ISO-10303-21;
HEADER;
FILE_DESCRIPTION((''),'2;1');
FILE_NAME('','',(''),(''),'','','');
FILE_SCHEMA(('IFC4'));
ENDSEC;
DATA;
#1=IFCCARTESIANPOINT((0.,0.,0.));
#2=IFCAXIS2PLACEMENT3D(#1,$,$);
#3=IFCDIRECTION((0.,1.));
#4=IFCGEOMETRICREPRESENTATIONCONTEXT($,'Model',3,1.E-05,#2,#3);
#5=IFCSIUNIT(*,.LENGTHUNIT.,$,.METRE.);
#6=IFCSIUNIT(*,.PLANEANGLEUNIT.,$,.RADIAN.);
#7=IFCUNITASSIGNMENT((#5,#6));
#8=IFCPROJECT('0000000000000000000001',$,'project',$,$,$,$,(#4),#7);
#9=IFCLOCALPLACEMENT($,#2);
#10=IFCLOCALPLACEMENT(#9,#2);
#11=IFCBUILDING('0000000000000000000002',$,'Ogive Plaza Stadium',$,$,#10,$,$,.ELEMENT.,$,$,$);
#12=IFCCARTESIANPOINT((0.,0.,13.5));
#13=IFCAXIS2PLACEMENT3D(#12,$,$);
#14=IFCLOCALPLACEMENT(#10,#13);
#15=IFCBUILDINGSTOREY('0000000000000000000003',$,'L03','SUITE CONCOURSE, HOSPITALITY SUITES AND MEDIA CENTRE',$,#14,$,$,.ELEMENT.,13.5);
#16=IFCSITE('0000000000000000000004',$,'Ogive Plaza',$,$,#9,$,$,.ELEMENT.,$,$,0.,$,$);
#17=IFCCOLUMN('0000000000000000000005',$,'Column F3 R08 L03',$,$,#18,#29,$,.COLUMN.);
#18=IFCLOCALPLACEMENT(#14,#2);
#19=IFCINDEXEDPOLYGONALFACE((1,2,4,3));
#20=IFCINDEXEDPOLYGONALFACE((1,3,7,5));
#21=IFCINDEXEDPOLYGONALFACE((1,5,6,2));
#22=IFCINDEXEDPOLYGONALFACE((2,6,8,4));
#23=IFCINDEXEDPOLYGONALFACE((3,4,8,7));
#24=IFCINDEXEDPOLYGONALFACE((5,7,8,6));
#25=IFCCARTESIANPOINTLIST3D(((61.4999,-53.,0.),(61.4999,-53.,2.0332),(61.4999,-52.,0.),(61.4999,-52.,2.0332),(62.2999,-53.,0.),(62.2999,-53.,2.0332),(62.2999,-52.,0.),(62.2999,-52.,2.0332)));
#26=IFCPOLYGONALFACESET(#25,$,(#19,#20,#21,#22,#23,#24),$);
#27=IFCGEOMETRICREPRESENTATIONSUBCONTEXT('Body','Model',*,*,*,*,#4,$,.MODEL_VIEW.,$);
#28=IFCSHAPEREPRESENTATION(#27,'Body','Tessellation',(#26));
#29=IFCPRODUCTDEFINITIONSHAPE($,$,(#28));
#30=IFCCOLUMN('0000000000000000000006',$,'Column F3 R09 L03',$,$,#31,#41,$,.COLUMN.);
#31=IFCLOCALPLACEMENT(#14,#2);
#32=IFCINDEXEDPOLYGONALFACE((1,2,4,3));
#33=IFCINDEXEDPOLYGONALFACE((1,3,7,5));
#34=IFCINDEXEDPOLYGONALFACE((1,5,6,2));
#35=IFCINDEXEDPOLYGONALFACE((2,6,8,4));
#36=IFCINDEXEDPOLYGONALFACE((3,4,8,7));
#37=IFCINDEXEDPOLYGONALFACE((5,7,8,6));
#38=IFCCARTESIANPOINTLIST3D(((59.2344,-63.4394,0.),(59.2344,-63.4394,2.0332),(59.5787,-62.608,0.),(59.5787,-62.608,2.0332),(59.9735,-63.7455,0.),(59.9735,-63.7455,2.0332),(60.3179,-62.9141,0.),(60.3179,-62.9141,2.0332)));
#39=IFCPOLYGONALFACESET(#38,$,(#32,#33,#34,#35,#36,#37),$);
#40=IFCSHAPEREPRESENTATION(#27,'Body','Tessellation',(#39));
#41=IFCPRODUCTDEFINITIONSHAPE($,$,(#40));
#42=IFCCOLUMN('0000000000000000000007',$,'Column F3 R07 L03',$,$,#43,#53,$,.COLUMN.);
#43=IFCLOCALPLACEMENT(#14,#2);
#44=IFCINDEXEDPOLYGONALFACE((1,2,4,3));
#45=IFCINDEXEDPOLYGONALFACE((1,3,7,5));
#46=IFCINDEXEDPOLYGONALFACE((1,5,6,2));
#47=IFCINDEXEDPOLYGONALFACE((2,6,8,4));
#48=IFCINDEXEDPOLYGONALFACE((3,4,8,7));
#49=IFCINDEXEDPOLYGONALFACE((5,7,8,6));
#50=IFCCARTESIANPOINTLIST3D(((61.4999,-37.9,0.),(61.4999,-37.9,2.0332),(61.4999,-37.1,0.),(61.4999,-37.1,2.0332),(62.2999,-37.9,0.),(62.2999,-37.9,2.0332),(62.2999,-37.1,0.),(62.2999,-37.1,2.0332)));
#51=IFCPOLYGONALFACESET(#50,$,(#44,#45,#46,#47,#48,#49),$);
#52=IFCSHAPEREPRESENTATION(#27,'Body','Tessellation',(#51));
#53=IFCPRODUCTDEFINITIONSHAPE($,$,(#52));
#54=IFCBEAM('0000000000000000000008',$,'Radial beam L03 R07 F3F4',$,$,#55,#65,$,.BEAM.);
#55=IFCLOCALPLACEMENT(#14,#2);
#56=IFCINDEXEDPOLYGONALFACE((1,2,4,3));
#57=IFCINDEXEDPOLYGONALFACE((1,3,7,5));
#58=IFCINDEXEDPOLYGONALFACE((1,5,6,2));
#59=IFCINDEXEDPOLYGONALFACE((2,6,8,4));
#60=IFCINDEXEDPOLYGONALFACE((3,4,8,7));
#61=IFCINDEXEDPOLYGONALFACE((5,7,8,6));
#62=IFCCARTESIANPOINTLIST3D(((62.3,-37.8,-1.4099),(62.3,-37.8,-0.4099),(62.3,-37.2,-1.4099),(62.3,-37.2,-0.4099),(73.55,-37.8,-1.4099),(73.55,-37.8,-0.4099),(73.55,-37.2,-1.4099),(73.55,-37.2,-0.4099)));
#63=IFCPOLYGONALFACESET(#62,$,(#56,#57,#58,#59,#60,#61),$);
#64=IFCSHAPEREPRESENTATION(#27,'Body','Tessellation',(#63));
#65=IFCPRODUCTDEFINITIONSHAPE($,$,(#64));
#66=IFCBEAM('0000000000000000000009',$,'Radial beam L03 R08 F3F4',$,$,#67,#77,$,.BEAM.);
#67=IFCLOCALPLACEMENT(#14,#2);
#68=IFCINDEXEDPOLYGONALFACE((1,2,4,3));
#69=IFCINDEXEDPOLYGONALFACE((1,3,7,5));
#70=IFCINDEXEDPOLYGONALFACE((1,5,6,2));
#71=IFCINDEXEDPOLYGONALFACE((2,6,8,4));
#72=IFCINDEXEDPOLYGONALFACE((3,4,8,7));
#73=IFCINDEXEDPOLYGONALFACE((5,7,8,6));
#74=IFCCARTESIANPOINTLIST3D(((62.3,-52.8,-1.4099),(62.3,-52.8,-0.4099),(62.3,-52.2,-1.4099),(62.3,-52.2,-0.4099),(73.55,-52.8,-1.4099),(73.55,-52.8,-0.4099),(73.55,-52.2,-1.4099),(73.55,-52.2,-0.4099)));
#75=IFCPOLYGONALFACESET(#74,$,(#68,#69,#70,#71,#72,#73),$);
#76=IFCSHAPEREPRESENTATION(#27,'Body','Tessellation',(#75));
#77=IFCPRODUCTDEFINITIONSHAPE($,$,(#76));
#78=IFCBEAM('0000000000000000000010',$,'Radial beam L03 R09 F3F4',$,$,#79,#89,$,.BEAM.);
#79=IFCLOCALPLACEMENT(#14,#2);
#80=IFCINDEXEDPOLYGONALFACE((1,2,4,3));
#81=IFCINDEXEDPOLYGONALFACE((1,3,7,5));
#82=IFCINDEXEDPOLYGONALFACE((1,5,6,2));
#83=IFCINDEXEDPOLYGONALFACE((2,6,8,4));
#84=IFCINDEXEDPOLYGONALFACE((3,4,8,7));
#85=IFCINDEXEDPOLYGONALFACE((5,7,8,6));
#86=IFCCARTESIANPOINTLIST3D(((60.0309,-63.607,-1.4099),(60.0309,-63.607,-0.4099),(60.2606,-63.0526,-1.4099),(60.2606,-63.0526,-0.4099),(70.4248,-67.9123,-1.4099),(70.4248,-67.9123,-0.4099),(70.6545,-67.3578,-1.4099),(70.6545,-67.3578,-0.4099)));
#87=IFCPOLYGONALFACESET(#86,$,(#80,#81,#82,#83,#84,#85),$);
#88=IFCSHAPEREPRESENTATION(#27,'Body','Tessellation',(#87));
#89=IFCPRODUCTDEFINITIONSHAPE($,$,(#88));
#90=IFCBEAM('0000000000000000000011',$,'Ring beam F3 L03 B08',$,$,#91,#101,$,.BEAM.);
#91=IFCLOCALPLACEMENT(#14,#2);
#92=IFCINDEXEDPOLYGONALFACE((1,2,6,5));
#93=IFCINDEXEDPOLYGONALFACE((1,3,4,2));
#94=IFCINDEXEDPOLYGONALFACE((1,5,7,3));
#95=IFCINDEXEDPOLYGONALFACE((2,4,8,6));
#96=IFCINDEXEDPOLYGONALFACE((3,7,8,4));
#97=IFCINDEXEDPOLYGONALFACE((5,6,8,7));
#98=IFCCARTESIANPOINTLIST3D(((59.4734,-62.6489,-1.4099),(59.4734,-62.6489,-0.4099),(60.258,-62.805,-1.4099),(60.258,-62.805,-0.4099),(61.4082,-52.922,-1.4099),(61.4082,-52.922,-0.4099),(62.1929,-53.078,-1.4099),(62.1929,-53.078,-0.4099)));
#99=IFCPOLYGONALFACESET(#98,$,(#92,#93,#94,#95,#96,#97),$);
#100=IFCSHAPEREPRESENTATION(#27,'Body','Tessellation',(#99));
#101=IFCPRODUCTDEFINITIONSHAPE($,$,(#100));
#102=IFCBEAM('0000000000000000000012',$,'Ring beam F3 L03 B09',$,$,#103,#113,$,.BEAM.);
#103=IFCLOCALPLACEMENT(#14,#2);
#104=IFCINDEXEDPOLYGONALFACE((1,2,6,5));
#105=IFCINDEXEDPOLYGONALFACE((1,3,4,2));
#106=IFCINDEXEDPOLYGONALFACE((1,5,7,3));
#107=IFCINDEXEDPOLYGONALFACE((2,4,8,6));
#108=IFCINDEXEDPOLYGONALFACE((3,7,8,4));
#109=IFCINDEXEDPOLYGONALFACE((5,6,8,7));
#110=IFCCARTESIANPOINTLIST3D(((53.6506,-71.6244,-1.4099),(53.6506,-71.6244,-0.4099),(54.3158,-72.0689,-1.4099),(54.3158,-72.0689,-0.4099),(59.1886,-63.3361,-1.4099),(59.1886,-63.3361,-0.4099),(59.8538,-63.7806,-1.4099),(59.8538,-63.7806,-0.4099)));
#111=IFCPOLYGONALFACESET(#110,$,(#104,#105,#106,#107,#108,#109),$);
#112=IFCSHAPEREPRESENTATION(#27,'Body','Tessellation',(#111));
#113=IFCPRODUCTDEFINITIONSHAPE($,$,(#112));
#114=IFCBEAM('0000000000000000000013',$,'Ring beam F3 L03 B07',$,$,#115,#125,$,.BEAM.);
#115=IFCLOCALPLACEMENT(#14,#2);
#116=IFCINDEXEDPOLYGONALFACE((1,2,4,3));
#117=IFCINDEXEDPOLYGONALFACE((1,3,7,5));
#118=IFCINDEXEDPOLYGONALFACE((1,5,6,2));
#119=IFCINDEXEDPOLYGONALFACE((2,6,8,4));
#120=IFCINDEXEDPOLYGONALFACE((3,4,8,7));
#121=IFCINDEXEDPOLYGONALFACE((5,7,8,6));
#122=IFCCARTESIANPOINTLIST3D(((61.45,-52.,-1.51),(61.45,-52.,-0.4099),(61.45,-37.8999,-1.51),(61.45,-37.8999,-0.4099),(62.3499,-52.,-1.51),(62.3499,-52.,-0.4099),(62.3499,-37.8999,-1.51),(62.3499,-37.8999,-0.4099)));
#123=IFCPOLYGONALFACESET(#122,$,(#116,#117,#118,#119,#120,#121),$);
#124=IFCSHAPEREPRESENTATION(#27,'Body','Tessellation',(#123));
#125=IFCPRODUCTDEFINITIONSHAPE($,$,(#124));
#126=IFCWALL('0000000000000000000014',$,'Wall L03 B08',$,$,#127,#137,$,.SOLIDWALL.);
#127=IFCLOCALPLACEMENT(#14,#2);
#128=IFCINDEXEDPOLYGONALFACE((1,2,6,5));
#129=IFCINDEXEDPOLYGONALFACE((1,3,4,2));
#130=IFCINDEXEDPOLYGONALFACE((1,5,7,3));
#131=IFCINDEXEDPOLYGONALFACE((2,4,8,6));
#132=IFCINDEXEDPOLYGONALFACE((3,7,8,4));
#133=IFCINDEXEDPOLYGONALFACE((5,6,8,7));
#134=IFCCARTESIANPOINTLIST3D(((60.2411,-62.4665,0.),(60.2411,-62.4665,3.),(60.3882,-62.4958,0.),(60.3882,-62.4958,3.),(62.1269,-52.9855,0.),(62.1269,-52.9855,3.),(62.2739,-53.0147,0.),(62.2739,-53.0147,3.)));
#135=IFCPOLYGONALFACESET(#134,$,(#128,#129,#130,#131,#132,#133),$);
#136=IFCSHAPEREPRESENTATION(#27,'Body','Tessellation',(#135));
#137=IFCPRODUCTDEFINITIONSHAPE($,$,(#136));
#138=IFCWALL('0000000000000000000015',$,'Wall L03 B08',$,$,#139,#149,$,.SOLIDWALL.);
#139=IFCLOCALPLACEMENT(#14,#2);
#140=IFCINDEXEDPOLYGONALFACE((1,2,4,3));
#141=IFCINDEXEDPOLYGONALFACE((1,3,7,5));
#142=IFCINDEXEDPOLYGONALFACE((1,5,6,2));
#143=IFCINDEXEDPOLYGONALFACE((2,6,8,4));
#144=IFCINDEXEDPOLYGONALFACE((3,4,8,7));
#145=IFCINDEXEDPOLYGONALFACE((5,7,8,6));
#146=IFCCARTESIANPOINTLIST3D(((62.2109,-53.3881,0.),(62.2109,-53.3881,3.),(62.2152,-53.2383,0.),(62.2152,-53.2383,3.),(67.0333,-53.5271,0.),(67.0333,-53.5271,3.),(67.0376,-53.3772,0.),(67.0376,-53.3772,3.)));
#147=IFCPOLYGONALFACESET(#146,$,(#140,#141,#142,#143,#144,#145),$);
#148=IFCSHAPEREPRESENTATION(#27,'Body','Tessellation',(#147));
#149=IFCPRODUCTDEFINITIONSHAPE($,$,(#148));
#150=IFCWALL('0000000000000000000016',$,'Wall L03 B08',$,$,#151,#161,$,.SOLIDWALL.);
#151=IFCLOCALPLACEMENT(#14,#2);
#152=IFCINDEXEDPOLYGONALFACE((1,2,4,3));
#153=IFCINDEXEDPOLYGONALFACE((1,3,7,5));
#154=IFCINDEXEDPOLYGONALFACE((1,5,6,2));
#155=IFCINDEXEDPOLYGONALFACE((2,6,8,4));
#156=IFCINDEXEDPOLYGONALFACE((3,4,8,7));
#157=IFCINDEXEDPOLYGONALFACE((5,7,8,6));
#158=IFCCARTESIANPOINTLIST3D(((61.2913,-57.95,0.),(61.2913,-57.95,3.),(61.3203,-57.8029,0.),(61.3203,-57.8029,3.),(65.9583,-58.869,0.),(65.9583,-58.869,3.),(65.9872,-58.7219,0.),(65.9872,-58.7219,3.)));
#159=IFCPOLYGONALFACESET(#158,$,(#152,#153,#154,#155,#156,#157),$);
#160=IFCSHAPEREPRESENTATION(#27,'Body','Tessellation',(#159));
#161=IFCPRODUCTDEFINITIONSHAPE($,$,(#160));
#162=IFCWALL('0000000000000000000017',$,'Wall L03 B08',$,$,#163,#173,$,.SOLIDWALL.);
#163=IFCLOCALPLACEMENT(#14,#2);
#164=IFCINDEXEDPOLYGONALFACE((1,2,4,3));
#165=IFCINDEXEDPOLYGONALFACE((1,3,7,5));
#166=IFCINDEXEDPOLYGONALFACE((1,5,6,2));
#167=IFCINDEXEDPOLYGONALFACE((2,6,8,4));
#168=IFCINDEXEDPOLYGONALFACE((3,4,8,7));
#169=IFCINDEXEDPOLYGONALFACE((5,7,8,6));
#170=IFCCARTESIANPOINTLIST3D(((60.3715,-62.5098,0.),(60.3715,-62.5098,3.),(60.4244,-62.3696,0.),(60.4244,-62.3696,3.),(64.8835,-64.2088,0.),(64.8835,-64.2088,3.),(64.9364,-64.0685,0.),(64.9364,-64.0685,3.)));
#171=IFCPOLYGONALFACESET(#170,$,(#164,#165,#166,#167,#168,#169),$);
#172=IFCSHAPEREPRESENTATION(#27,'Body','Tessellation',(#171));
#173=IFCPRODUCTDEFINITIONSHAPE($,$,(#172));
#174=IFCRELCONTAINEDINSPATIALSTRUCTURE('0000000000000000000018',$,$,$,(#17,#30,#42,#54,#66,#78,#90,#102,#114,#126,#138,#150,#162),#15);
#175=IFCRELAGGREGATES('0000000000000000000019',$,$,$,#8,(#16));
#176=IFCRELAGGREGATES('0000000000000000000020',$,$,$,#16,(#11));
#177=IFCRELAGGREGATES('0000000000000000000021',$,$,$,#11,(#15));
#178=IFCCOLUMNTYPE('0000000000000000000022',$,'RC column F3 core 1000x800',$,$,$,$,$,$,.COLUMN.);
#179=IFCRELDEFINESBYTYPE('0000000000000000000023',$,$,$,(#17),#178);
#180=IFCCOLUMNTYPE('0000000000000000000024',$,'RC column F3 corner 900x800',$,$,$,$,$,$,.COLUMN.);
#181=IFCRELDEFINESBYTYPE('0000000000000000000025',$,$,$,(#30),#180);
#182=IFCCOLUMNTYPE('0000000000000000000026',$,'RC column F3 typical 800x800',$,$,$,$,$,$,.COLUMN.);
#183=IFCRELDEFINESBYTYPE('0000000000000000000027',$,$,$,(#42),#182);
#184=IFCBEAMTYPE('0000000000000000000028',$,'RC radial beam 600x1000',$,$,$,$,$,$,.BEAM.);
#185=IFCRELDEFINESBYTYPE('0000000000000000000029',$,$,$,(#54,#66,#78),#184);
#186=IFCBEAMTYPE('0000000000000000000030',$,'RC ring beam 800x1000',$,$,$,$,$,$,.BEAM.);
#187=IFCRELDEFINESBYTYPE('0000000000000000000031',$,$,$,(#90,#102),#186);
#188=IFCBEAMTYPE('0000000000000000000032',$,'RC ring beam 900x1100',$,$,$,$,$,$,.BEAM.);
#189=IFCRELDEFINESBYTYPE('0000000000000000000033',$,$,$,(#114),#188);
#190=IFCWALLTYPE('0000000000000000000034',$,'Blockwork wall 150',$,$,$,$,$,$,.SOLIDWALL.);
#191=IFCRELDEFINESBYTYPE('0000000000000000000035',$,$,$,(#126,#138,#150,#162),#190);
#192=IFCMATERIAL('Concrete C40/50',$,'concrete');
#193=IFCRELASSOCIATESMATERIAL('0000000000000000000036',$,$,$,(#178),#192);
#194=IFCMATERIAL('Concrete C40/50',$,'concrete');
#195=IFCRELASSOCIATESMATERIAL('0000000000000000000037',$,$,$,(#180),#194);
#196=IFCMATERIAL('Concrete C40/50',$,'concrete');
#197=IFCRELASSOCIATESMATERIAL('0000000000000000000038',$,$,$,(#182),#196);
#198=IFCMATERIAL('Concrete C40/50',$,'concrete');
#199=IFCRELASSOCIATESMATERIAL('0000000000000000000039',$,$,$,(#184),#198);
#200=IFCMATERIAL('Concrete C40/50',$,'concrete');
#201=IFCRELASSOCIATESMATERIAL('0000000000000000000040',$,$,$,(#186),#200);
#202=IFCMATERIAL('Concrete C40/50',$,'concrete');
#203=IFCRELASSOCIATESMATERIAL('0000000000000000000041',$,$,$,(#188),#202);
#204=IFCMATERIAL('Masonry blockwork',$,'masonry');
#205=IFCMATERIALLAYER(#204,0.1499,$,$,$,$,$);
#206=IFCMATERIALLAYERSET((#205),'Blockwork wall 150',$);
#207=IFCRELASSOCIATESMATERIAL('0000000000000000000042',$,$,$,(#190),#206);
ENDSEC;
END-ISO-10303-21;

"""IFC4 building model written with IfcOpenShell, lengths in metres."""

from ifc_helpers import new_model, si_unit, direction, frame, frame_2d, origin, origin_2d, place, context, subcontext, project, spatial, rectangle, extrude, material, layer, layer_set, material_profile, profile_set, type_object, element, save


model = new_model("IFC4")

# Units and contexts
model_context = context("Model", 3, precision=1e-05, world=origin(), true_north=direction((0.0, 1.0)))
body_context = subcontext(model_context, "Body", "Model", "MODEL_VIEW")
ifc_project = project(units=[si_unit("LENGTHUNIT", "METRE"), si_unit("PLANEANGLEUNIT", "RADIAN")], contexts=[model_context])

# Site, building, storey
site_placement = place(None, origin())
site = spatial("IfcSite", under=ifc_project, at=site_placement, Name="Ogive Plaza", CompositionType="ELEMENT", RefElevation=0.0)
building_placement = place(site_placement, origin())
building = spatial("IfcBuilding", under=site, at=building_placement, Name="Ogive Plaza Stadium", CompositionType="ELEMENT")
storey_placement = place(building_placement, frame((0.0, 0.0, 13.5)))
storey = spatial("IfcBuildingStorey", under=building, at=storey_placement, Name="L03", Description="SUITE CONCOURSE, HOSPITALITY SUITES AND MEDIA CENTRE", CompositionType="ELEMENT", Elevation=13.5)

# Columns
ifc_material_1 = material(Name="Concrete C40/50", Category="concrete")
ifc_material_profile_1 = material_profile(ifc_material_1, rectangle(XDim=1.0, YDim=0.8, at=origin_2d()), Name="RC 1000x800")
ifc_profile_set_1 = profile_set([ifc_material_profile_1], Name="Concrete C40/50")
column_type_1 = type_object("IfcColumnType", Name="RC column F3 core 1000x800", PredefinedType="COLUMN", material=ifc_profile_set_1)
column_1_placement = place(storey_placement, frame((61.8999, -52.5, 0.0), z_axis=(0.0, 0.0, 1.0), x_axis=(0.0, 1.0, 0.0)))
element("IfcColumn", 1, at=column_1_placement, inside=storey, type_object=column_type_1, Name="Column F3 R08 L03", PredefinedType="COLUMN", context=body_context, shape_type="SweptSolid", body=[
    extrude(rectangle(XDim=1.0, YDim=0.8, at=origin_2d()), origin(), (0.0, 0.0, 1.0), 2.0332),
])
ifc_material_2 = material(Name="Concrete C40/50", Category="concrete")
ifc_material_profile_2 = material_profile(ifc_material_2, rectangle(XDim=0.8999, YDim=0.8, at=origin_2d()), Name="RC 900x800")
ifc_profile_set_2 = profile_set([ifc_material_profile_2], Name="Concrete C40/50")
column_type_2 = type_object("IfcColumnType", Name="RC column F3 corner 900x800", PredefinedType="COLUMN", material=ifc_profile_set_2)
column_2_placement = place(storey_placement, frame((59.7761, -63.1768, 0.0), z_axis=(0.0, 0.0, 1.0), x_axis=(0.382683, 0.92388, 0.0)))
element("IfcColumn", 2, at=column_2_placement, inside=storey, type_object=column_type_2, Name="Column F3 R09 L03", PredefinedType="COLUMN", context=body_context, shape_type="SweptSolid", body=[
    extrude(rectangle(XDim=0.8999, YDim=0.8, at=origin_2d()), origin(), (0.0, 0.0, 1.0), 2.0332),
])
ifc_material_3 = material(Name="Concrete C40/50", Category="concrete")
ifc_material_profile_3 = material_profile(ifc_material_3, rectangle(XDim=0.8, YDim=0.8, at=origin_2d()), Name="RC 800x800")
ifc_profile_set_3 = profile_set([ifc_material_profile_3], Name="Concrete C40/50")
column_type_3 = type_object("IfcColumnType", Name="RC column F3 typical 800x800", PredefinedType="COLUMN", material=ifc_profile_set_3)
column_3_placement = place(storey_placement, frame((61.8999, -37.5, 0.0), z_axis=(0.0, 0.0, 1.0), x_axis=(0.0, 1.0, 0.0)))
element("IfcColumn", 3, at=column_3_placement, inside=storey, type_object=column_type_3, Name="Column F3 R07 L03", PredefinedType="COLUMN", context=body_context, shape_type="SweptSolid", body=[
    extrude(rectangle(XDim=0.8, YDim=0.8, at=origin_2d()), origin(), (0.0, 0.0, 1.0), 2.0332),
])

# Beams
ifc_material_4 = material(Name="Concrete C40/50", Category="concrete")
ifc_material_profile_4 = material_profile(ifc_material_4, rectangle(XDim=0.6001, YDim=1.0, at=origin_2d()), Name="RC 600x1000")
ifc_profile_set_4 = profile_set([ifc_material_profile_4], Name="Concrete C40/50")
beam_type_1 = type_object("IfcBeamType", Name="RC radial beam 600x1000", PredefinedType="BEAM", material=ifc_profile_set_4)
for number, where, z_axis, x_axis, name in (
    (4, (62.3, -37.5, -0.9099), (1.0, 0.0, 0.0), (0.0, 1.0, 0.0), "Radial beam L03 R07 F3F4"),
    (5, (62.3, -52.5, -0.9099), (1.0, 0.0, 0.0), (0.0, 1.0, 0.0), "Radial beam L03 R08 F3F4"),
):
    element("IfcBeam", number, at=place(storey_placement, frame(where, z_axis=z_axis, x_axis=x_axis)), inside=storey, type_object=beam_type_1, Name=name, PredefinedType="BEAM", context=body_context, shape_type="SweptSolid", body=[
        extrude(rectangle(XDim=0.6001, YDim=1.0, at=origin_2d()), origin(), (0.0, 0.0, 1.0), 11.25),
    ])
beam_1_placement = place(storey_placement, frame((60.1458, -63.3298, -0.9099), z_axis=(0.923882, -0.382678, 0.0), x_axis=(0.382678, 0.923882, 0.0)))
element("IfcBeam", 6, at=beam_1_placement, inside=storey, type_object=beam_type_1, Name="Radial beam L03 R09 F3F4", PredefinedType="BEAM", context=body_context, shape_type="SweptSolid", body=[
    extrude(rectangle(XDim=0.6001, YDim=1.0, at=origin_2d()), origin(), (0.0, 0.0, 1.0), 11.2502),
])
ifc_material_5 = material(Name="Concrete C40/50", Category="concrete")
ifc_material_profile_5 = material_profile(ifc_material_5, rectangle(XDim=0.8, YDim=1.0, at=origin_2d()), Name="RC 800x1000")
ifc_profile_set_5 = profile_set([ifc_material_profile_5], Name="Concrete C40/50")
beam_type_2 = type_object("IfcBeamType", Name="RC ring beam 800x1000", PredefinedType="BEAM", material=ifc_profile_set_5)
beam_2_placement = place(storey_placement, frame((61.8005, -53.0, -0.9099), z_axis=(-0.195093, -0.980785, 0.0), x_axis=(0.980785, -0.195093, 0.0)))
element("IfcBeam", 7, at=beam_2_placement, inside=storey, type_object=beam_type_2, Name="Ring beam F3 L03 B08", PredefinedType="BEAM", context=body_context, shape_type="SweptSolid", body=[
    extrude(rectangle(XDim=0.8, YDim=1.0, at=origin_2d()), origin(), (0.0, 0.0, 1.0), 9.9175),
])
beam_3_placement = place(storey_placement, frame((59.5212, -63.5583, -0.9099), z_axis=(-0.55557, -0.83147, 0.0), x_axis=(0.83147, -0.55557, 0.0)))
element("IfcBeam", 8, at=beam_3_placement, inside=storey, type_object=beam_type_2, Name="Ring beam F3 L03 B09", PredefinedType="BEAM", context=body_context, shape_type="SweptSolid", body=[
    extrude(rectangle(XDim=0.8, YDim=1.0, at=origin_2d()), origin(), (0.0, 0.0, 1.0), 9.9683),
])
ifc_material_6 = material(Name="Concrete C40/50", Category="concrete")
ifc_material_profile_6 = material_profile(ifc_material_6, rectangle(XDim=0.8999, YDim=1.1001, at=origin_2d()), Name="RC 900x1100")
ifc_profile_set_6 = profile_set([ifc_material_profile_6], Name="Concrete C40/50")
beam_type_3 = type_object("IfcBeamType", Name="RC ring beam 900x1100", PredefinedType="BEAM", material=ifc_profile_set_6)
beam_4_placement = place(storey_placement, frame((61.8999, -37.8999, -0.96), z_axis=(0.0, -1.0, 0.0), x_axis=(1.0, 0.0, 0.0)))
element("IfcBeam", 9, at=beam_4_placement, inside=storey, type_object=beam_type_3, Name="Ring beam F3 L03 B07", PredefinedType="BEAM", context=body_context, shape_type="SweptSolid", body=[
    extrude(rectangle(XDim=0.8999, YDim=1.1001, at=origin_2d()), origin(), (0.0, 0.0, 1.0), 14.1001),
])

# Walls
ifc_material_7 = material(Name="Masonry blockwork", Category="masonry")
ifc_layer_1 = layer(ifc_material_7, 0.1499)
ifc_layer_set_1 = layer_set([ifc_layer_1], Name="Blockwork wall 150")
wall_type_1 = type_object("IfcWallType", Name="Blockwork wall 150", PredefinedType="SOLIDWALL", material=ifc_layer_set_1)
wall_1_placement = place(storey_placement, frame((62.2004, -53.0, 0.0), z_axis=(0.0, 0.0, 1.0), x_axis=(-0.195077, -0.980788, 0.0)))
element("IfcWall", 10, at=wall_1_placement, inside=storey, type_object=wall_type_1, Name="Wall L03 B08", PredefinedType="SOLIDWALL", context=body_context, shape_type="SweptSolid", body=[
    extrude(rectangle(XDim=9.6667, YDim=0.1499, at=frame_2d((4.8335, 0.0))), origin(), (0.0, 0.0, 1.0), 3.0),
])
wall_2_placement = place(storey_placement, frame((62.2131, -53.3132, 0.0), z_axis=(0.0, 0.0, 1.0), x_axis=(0.999585, -0.028794, 0.0)))
element("IfcWall", 11, at=wall_2_placement, inside=storey, type_object=wall_type_1, Name="Wall L03 B08", PredefinedType="SOLIDWALL", context=body_context, shape_type="SweptSolid", body=[
    extrude(rectangle(XDim=4.8245, YDim=0.1499, at=frame_2d((2.4121, 0.0))), origin(), (0.0, 0.0, 1.0), 3.0),
])
wall_3_placement = place(storey_placement, frame((61.3057, -57.8765, 0.0), z_axis=(0.0, 0.0, 1.0), x_axis=(0.981161, -0.193194, 0.0)))
element("IfcWall", 12, at=wall_3_placement, inside=storey, type_object=wall_type_1, Name="Wall L03 B08", PredefinedType="SOLIDWALL", context=body_context, shape_type="SweptSolid", body=[
    extrude(rectangle(XDim=4.7566, YDim=0.1499, at=frame_2d((2.3784, 0.0))), origin(), (0.0, 0.0, 1.0), 3.0),
])
wall_4_placement = place(storey_placement, frame((60.3979, -62.4397, 0.0), z_axis=(0.0, 0.0, 1.0), x_axis=(0.935852, -0.352394, 0.0)))
element("IfcWall", 13, at=wall_4_placement, inside=storey, type_object=wall_type_1, Name="Wall L03 B08", PredefinedType="SOLIDWALL", context=body_context, shape_type="SweptSolid", body=[
    extrude(rectangle(XDim=4.8213, YDim=0.1499, at=frame_2d((2.4106, 0.0))), origin(), (0.0, 0.0, 1.0), 3.0),
])

save(model, "model.ifc")
